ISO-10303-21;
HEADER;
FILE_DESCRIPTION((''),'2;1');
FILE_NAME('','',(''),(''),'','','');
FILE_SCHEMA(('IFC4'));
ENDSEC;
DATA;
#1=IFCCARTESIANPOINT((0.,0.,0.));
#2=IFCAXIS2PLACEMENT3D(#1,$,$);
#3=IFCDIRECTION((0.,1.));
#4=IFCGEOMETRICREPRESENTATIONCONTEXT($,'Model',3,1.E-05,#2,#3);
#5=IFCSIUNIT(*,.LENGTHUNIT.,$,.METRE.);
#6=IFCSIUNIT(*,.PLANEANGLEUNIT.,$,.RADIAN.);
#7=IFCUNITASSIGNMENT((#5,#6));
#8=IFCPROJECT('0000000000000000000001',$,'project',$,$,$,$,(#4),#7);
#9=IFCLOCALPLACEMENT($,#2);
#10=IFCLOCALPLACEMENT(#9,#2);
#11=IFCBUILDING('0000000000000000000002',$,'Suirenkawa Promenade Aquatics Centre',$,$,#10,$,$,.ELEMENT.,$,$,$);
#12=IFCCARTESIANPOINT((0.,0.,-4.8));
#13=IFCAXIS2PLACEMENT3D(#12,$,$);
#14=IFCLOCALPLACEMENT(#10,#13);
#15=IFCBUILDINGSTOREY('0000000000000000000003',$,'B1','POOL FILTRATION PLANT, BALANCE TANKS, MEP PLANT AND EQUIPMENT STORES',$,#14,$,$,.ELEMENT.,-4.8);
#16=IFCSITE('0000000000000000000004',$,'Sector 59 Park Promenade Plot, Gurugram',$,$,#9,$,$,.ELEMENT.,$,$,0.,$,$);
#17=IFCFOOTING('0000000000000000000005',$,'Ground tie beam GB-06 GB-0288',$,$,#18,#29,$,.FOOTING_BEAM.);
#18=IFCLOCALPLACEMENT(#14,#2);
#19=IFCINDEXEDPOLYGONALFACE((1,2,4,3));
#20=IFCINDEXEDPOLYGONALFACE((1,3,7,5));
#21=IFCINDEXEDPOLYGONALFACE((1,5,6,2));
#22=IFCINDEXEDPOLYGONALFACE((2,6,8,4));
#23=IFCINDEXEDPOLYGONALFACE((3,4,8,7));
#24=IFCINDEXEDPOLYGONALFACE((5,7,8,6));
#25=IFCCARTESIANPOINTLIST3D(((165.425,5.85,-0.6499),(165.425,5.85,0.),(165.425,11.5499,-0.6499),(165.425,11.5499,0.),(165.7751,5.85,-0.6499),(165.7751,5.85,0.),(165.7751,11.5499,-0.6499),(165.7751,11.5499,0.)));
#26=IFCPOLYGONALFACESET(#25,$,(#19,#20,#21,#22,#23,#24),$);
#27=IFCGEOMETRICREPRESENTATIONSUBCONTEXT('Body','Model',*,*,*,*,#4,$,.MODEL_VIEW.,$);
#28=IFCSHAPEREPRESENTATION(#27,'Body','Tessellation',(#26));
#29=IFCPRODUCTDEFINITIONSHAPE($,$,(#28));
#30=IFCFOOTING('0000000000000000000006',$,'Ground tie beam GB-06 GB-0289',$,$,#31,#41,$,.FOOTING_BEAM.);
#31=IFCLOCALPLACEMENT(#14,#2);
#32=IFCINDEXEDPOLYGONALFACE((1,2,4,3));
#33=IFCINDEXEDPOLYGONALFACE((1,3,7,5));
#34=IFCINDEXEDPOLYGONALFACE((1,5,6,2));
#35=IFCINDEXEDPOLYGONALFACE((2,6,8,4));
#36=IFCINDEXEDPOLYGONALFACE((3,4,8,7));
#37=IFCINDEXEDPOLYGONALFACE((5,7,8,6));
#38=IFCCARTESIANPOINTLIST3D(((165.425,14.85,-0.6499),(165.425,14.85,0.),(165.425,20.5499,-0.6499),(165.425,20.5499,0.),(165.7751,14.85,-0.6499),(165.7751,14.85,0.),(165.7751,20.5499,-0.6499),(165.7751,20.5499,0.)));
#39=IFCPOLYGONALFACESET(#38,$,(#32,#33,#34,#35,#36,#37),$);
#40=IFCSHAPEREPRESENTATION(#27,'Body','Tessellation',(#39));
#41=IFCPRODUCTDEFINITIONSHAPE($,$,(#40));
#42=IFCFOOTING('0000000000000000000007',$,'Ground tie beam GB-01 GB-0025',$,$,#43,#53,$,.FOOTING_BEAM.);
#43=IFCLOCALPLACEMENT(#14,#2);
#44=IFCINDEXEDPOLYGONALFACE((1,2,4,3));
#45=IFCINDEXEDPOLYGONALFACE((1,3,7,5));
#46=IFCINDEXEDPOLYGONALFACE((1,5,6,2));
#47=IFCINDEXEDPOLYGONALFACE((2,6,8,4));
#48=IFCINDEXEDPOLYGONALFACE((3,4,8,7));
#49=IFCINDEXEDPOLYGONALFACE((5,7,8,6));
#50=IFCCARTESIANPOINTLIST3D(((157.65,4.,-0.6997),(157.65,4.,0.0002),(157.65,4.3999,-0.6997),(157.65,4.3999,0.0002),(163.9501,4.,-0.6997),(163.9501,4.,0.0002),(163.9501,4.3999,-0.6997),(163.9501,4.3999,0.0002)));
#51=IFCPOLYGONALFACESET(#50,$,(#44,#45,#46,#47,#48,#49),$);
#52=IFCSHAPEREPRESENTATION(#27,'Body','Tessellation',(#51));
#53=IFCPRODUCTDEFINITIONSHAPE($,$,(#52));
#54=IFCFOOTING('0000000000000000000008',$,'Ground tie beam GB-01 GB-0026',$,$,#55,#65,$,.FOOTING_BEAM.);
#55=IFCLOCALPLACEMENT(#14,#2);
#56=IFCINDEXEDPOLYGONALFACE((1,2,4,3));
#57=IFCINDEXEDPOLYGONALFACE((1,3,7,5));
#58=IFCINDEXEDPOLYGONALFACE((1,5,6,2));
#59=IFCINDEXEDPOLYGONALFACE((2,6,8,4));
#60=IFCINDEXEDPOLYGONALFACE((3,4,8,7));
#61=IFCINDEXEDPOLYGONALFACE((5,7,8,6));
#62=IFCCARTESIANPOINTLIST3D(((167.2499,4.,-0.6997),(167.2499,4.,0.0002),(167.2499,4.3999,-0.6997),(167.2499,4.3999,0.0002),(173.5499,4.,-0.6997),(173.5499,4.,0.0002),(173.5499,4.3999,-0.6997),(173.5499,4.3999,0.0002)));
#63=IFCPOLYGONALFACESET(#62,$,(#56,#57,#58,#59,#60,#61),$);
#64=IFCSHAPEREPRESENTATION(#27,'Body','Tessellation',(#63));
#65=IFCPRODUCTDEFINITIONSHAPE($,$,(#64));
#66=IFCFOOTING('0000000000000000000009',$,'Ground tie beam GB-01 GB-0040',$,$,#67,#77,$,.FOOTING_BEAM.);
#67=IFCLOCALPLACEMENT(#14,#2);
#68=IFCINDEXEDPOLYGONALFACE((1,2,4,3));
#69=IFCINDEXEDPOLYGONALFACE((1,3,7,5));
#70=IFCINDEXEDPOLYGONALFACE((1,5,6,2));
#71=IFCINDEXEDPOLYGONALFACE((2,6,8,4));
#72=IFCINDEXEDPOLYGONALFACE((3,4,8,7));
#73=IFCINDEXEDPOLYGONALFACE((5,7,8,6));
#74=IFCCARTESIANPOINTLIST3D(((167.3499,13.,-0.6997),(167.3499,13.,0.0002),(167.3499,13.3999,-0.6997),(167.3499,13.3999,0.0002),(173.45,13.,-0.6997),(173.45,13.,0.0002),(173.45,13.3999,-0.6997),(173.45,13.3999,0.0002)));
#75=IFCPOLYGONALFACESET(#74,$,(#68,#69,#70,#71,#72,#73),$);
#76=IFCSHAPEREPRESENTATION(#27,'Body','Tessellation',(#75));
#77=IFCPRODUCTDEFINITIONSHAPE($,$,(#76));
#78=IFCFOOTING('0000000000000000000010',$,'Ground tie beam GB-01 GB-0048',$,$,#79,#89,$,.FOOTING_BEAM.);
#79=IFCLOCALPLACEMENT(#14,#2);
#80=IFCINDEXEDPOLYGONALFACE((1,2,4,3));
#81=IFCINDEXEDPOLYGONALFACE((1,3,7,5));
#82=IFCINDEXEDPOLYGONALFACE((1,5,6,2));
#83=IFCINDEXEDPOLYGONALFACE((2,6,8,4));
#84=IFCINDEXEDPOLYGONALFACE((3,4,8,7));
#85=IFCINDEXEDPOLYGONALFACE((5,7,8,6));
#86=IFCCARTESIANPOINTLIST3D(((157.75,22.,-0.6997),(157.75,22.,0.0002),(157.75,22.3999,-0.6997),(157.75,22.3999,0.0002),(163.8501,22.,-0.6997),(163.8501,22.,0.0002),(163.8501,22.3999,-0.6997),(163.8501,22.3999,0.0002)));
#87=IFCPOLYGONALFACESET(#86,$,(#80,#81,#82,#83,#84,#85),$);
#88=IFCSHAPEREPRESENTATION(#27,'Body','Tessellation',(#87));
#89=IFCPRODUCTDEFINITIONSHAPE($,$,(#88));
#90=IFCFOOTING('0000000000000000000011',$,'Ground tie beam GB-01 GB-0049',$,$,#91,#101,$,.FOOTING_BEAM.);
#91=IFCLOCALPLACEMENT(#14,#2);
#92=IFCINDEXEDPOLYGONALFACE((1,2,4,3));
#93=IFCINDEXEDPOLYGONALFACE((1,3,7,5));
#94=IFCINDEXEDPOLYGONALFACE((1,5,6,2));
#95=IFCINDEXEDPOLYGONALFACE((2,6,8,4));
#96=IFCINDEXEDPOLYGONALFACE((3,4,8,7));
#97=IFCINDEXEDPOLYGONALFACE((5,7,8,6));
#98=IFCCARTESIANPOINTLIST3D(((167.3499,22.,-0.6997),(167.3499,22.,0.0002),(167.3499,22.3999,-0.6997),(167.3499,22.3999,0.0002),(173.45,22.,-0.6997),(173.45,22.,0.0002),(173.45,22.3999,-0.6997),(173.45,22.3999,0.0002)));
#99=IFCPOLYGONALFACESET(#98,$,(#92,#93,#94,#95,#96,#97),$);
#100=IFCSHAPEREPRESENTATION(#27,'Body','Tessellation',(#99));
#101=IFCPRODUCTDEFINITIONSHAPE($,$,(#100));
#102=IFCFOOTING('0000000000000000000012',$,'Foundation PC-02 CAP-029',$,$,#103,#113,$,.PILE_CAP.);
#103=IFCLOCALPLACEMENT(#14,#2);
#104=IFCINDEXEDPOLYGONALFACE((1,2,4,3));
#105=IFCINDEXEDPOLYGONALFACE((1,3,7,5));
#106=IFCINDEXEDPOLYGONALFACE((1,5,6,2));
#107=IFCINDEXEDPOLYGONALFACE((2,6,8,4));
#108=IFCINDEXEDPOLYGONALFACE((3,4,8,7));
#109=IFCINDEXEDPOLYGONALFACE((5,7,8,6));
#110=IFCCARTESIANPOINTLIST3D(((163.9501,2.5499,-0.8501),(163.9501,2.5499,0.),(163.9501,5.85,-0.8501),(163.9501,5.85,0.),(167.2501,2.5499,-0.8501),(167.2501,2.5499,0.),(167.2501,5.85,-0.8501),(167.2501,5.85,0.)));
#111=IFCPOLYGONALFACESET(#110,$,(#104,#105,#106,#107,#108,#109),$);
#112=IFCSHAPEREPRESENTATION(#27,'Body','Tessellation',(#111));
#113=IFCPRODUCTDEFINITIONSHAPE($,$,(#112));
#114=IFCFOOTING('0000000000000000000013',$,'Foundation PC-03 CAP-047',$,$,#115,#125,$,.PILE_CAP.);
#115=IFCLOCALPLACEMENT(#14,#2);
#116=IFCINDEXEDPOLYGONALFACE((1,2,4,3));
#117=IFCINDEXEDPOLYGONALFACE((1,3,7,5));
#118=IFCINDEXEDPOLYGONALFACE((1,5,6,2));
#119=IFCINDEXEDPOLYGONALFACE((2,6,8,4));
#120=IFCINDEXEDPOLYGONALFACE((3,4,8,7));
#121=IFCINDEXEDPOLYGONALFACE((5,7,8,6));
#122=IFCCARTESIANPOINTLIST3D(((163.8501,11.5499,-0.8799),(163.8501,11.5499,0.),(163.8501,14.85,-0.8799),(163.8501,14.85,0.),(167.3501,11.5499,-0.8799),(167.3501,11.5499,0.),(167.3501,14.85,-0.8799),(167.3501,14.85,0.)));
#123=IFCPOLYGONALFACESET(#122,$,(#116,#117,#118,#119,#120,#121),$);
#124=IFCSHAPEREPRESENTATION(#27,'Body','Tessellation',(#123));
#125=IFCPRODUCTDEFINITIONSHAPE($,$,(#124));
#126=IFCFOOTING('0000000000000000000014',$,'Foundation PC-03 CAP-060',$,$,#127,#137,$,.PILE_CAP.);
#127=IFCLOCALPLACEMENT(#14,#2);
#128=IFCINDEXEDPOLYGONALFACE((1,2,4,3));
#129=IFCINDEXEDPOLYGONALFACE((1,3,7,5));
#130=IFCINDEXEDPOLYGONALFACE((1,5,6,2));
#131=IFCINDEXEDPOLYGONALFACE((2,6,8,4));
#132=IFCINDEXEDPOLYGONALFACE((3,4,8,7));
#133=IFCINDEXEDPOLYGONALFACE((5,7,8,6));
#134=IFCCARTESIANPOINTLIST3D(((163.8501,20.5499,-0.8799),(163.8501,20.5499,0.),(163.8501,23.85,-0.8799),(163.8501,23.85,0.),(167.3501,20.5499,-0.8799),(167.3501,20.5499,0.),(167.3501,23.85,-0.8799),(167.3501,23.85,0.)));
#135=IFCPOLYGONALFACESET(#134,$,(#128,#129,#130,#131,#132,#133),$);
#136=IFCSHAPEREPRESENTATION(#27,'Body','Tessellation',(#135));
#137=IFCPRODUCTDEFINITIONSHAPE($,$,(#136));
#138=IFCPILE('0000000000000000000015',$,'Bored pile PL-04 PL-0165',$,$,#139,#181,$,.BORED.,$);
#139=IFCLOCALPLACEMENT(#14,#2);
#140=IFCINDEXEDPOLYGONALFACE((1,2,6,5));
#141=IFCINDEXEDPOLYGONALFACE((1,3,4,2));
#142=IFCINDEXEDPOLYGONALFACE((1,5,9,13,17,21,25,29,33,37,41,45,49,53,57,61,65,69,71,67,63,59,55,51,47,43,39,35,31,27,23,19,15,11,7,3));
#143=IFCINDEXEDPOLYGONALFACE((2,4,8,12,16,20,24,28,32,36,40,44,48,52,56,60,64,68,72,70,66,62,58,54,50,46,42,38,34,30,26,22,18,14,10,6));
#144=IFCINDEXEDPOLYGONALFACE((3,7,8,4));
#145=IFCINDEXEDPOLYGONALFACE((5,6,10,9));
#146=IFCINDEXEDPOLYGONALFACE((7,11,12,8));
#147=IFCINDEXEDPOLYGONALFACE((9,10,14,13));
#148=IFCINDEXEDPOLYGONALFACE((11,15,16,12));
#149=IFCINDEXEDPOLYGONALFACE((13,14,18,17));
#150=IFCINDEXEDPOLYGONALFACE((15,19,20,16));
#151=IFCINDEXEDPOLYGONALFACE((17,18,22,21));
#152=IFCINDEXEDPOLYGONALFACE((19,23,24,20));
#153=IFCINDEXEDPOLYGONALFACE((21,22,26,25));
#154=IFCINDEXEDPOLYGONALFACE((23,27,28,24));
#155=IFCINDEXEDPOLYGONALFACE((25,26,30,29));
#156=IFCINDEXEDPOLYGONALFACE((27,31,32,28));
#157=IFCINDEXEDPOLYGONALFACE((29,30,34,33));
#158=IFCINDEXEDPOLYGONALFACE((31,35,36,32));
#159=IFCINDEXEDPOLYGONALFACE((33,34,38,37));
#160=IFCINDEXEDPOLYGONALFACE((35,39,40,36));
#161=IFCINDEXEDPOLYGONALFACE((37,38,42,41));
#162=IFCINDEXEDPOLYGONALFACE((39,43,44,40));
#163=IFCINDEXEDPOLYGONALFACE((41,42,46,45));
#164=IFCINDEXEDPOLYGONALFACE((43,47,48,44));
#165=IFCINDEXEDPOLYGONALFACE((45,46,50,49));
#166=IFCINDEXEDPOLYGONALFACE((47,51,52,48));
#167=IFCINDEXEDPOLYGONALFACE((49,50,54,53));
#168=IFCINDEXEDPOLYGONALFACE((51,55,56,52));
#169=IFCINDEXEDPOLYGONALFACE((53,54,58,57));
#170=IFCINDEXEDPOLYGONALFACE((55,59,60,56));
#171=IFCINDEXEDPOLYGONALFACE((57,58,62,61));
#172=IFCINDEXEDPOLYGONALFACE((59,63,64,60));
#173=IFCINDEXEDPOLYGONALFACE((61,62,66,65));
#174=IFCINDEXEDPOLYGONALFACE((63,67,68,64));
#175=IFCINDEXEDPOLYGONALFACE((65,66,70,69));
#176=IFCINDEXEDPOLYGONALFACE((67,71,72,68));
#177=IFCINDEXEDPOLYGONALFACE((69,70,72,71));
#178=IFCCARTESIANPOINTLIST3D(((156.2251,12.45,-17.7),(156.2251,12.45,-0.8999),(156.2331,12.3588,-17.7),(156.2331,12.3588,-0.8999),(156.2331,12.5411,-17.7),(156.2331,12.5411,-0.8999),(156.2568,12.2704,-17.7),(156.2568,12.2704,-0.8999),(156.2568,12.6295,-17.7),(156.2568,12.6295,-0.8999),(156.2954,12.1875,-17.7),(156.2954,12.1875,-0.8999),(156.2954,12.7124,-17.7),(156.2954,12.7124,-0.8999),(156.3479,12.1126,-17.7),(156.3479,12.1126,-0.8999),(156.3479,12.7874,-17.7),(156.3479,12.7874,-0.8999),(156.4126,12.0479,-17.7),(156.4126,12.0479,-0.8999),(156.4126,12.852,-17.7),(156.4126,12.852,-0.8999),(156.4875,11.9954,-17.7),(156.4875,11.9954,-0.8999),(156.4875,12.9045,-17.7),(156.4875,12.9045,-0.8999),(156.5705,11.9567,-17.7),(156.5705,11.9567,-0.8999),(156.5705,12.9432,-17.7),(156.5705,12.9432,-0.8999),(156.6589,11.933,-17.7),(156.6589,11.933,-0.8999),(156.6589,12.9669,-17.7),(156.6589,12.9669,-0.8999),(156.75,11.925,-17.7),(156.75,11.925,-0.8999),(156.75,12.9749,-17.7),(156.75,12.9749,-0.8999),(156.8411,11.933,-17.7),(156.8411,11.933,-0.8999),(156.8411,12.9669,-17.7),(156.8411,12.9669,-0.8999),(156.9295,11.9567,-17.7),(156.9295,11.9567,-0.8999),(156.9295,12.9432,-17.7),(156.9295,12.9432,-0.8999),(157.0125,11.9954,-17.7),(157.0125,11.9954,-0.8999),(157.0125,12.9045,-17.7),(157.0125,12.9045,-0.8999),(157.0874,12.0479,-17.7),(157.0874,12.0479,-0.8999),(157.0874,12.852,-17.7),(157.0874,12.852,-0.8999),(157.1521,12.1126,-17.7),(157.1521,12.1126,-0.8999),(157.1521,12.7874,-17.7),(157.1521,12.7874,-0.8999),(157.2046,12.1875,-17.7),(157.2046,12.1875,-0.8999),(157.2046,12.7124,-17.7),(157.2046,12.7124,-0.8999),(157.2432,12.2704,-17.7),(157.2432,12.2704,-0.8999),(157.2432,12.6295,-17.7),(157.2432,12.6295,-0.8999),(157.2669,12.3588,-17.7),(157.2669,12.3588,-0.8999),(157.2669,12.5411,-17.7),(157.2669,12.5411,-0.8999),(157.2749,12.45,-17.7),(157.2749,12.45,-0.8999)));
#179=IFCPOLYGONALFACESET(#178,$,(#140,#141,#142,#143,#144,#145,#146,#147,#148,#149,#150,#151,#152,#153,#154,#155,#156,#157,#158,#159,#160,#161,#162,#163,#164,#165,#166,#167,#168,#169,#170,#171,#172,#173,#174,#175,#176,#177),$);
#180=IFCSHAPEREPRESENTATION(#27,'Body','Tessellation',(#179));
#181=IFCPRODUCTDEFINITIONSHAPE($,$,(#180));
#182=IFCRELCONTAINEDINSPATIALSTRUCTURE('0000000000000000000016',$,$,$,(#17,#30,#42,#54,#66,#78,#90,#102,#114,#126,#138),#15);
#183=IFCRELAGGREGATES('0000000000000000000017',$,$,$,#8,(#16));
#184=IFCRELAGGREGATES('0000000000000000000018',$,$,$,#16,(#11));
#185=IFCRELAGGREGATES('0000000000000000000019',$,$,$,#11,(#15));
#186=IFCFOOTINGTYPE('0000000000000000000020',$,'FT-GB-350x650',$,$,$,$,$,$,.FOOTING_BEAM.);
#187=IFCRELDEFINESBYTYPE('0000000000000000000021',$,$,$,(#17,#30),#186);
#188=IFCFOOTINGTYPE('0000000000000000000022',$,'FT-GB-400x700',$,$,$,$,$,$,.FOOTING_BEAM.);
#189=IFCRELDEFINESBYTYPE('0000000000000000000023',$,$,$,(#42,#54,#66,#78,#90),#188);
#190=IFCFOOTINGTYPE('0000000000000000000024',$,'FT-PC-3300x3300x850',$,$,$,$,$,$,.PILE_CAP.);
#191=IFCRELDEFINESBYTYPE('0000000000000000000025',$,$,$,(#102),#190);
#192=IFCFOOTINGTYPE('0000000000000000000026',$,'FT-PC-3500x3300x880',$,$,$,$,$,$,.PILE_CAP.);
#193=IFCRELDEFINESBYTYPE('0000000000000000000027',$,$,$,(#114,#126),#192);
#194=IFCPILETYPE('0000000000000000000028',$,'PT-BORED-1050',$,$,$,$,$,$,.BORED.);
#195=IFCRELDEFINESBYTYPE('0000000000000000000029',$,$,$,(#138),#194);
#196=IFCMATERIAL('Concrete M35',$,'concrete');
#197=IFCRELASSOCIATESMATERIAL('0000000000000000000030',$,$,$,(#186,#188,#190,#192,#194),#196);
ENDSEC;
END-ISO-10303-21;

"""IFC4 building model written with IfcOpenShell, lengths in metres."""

from ifc_helpers import new_model, si_unit, direction, frame, origin, origin_2d, place, context, subcontext, project, spatial, rectangle, circle, extrude, material, material_profile, profile_set, type_object, element, save


model = new_model("IFC4")

# Units and contexts
model_context = context("Model", 3, precision=1e-05, world=origin(), true_north=direction((0.0, 1.0)))
body_context = subcontext(model_context, "Body", "Model", "MODEL_VIEW")
ifc_project = project(units=[si_unit("LENGTHUNIT", "METRE"), si_unit("PLANEANGLEUNIT", "RADIAN")], contexts=[model_context])

# Site, building, storey
site_placement = place(None, origin())
site = spatial("IfcSite", under=ifc_project, at=site_placement, Name="Sector 59 Park Promenade Plot, Gurugram", CompositionType="ELEMENT", RefElevation=0.0)
building_placement = place(site_placement, origin())
building = spatial("IfcBuilding", under=site, at=building_placement, Name="Suirenkawa Promenade Aquatics Centre", CompositionType="ELEMENT")
storey_placement = place(building_placement, frame((0.0, 0.0, -4.8)))
storey = spatial("IfcBuildingStorey", under=building, at=storey_placement, Name="B1", Description="POOL FILTRATION PLANT, BALANCE TANKS, MEP PLANT AND EQUIPMENT STORES", CompositionType="ELEMENT", Elevation=-4.8)

# Footings
ifc_material_1 = material(Name="Concrete M35", Category="concrete")
footing_type_1 = type_object("IfcFootingType", Name="FT-GB-350x650", PredefinedType="FOOTING_BEAM", material=ifc_material_1)
for number, where, z_axis, x_axis, name in (
    (1, (165.6001, 8.7, -0.6499), (0.0, 0.0, 1.0), (0.0, 1.0, 0.0), "Ground tie beam GB-06 GB-0288"),
    (2, (165.6001, 17.7, -0.6499), (0.0, 0.0, 1.0), (0.0, 1.0, 0.0), "Ground tie beam GB-06 GB-0289"),
):
    element("IfcFooting", number, at=place(storey_placement, frame(where, z_axis=z_axis, x_axis=x_axis)), inside=storey, type_object=footing_type_1, Name=name, PredefinedType="FOOTING_BEAM", context=body_context, shape_type="SweptSolid", body=[
        extrude(rectangle(XDim=5.7, YDim=0.3501, at=origin_2d()), origin(), (0.0, 0.0, 1.0), 0.6499),
    ])
footing_type_2 = type_object("IfcFootingType", Name="FT-GB-400x700", PredefinedType="FOOTING_BEAM", material=ifc_material_1)
for number, where, z_axis, x_axis, name in (
    (3, (160.8, 4.2, -0.6997), (0.0, 0.0, 1.0), (1.0, 0.0, 0.0), "Ground tie beam GB-01 GB-0025"),
    (4, (170.3999, 4.2, -0.6997), (0.0, 0.0, 1.0), (1.0, 0.0, 0.0), "Ground tie beam GB-01 GB-0026"),
):
    element("IfcFooting", number, at=place(storey_placement, frame(where, z_axis=z_axis, x_axis=x_axis)), inside=storey, type_object=footing_type_2, Name=name, PredefinedType="FOOTING_BEAM", context=body_context, shape_type="SweptSolid", body=[
        extrude(rectangle(XDim=6.3, YDim=0.3999, at=origin_2d()), origin(), (0.0, 0.0, 1.0), 0.7),
    ])
for number, where, z_axis, x_axis, name in (
    (5, (170.3999, 13.2, -0.6997), (0.0, 0.0, 1.0), (1.0, 0.0, 0.0), "Ground tie beam GB-01 GB-0040"),
    (6, (160.8, 22.2, -0.6997), (0.0, 0.0, 1.0), (1.0, 0.0, 0.0), "Ground tie beam GB-01 GB-0048"),
    (7, (170.3999, 22.2, -0.6997), (0.0, 0.0, 1.0), (1.0, 0.0, 0.0), "Ground tie beam GB-01 GB-0049"),
):
    element("IfcFooting", number, at=place(storey_placement, frame(where, z_axis=z_axis, x_axis=x_axis)), inside=storey, type_object=footing_type_2, Name=name, PredefinedType="FOOTING_BEAM", context=body_context, shape_type="SweptSolid", body=[
        extrude(rectangle(XDim=6.1001, YDim=0.3999, at=origin_2d()), origin(), (0.0, 0.0, 1.0), 0.7),
    ])
footing_type_3 = type_object("IfcFootingType", Name="FT-PC-3300x3300x850", PredefinedType="PILE_CAP", material=ifc_material_1)
footing_placement = place(storey_placement, frame((165.6001, 4.2, -0.8501), z_axis=(0.0, 0.0, 1.0), x_axis=(1.0, 0.0, 0.0)))
element("IfcFooting", 8, at=footing_placement, inside=storey, type_object=footing_type_3, Name="Foundation PC-02 CAP-029", PredefinedType="PILE_CAP", context=body_context, shape_type="SweptSolid", body=[
    extrude(rectangle(XDim=3.3, YDim=3.3, at=origin_2d()), origin(), (0.0, 0.0, 1.0), 0.8501),
])
footing_type_4 = type_object("IfcFootingType", Name="FT-PC-3500x3300x880", PredefinedType="PILE_CAP", material=ifc_material_1)
for number, where, z_axis, x_axis, name in (
    (9, (165.6001, 13.2, -0.8799), (0.0, 0.0, 1.0), (1.0, 0.0, 0.0), "Foundation PC-03 CAP-047"),
    (10, (165.6001, 22.2, -0.8799), (0.0, 0.0, 1.0), (1.0, 0.0, 0.0), "Foundation PC-03 CAP-060"),
):
    element("IfcFooting", number, at=place(storey_placement, frame(where, z_axis=z_axis, x_axis=x_axis)), inside=storey, type_object=footing_type_4, Name=name, PredefinedType="PILE_CAP", context=body_context, shape_type="SweptSolid", body=[
        extrude(rectangle(XDim=3.5, YDim=3.3, at=origin_2d()), origin(), (0.0, 0.0, 1.0), 0.8799),
    ])

# Pile
ifc_material_profile_1 = material_profile(ifc_material_1, circle(Radius=0.5249, at=origin_2d()), Name="PILE D1050", Category="concrete")
ifc_profile_set_1 = profile_set([ifc_material_profile_1], Name="Concrete M35")
pile_type_1 = type_object("IfcPileType", Name="PT-BORED-1050", PredefinedType="BORED", material=ifc_profile_set_1)
for number, where, z_axis, x_axis, name in (
    (11, (156.75, 12.45, -0.8999), (0.0, 0.0, -1.0), (1.0, 0.0, 0.0), "Bored pile PL-04 PL-0165"),
):
    element("IfcPile", number, at=place(storey_placement, frame(where, z_axis=z_axis, x_axis=x_axis)), inside=storey, type_object=pile_type_1, Name=name, PredefinedType="BORED", context=body_context, shape_type="SweptSolid", body=[
        extrude(circle(Radius=0.5249, at=origin_2d()), origin(), (0.0, 0.0, 1.0), 16.8),
    ])

save(model, "model.ifc")
